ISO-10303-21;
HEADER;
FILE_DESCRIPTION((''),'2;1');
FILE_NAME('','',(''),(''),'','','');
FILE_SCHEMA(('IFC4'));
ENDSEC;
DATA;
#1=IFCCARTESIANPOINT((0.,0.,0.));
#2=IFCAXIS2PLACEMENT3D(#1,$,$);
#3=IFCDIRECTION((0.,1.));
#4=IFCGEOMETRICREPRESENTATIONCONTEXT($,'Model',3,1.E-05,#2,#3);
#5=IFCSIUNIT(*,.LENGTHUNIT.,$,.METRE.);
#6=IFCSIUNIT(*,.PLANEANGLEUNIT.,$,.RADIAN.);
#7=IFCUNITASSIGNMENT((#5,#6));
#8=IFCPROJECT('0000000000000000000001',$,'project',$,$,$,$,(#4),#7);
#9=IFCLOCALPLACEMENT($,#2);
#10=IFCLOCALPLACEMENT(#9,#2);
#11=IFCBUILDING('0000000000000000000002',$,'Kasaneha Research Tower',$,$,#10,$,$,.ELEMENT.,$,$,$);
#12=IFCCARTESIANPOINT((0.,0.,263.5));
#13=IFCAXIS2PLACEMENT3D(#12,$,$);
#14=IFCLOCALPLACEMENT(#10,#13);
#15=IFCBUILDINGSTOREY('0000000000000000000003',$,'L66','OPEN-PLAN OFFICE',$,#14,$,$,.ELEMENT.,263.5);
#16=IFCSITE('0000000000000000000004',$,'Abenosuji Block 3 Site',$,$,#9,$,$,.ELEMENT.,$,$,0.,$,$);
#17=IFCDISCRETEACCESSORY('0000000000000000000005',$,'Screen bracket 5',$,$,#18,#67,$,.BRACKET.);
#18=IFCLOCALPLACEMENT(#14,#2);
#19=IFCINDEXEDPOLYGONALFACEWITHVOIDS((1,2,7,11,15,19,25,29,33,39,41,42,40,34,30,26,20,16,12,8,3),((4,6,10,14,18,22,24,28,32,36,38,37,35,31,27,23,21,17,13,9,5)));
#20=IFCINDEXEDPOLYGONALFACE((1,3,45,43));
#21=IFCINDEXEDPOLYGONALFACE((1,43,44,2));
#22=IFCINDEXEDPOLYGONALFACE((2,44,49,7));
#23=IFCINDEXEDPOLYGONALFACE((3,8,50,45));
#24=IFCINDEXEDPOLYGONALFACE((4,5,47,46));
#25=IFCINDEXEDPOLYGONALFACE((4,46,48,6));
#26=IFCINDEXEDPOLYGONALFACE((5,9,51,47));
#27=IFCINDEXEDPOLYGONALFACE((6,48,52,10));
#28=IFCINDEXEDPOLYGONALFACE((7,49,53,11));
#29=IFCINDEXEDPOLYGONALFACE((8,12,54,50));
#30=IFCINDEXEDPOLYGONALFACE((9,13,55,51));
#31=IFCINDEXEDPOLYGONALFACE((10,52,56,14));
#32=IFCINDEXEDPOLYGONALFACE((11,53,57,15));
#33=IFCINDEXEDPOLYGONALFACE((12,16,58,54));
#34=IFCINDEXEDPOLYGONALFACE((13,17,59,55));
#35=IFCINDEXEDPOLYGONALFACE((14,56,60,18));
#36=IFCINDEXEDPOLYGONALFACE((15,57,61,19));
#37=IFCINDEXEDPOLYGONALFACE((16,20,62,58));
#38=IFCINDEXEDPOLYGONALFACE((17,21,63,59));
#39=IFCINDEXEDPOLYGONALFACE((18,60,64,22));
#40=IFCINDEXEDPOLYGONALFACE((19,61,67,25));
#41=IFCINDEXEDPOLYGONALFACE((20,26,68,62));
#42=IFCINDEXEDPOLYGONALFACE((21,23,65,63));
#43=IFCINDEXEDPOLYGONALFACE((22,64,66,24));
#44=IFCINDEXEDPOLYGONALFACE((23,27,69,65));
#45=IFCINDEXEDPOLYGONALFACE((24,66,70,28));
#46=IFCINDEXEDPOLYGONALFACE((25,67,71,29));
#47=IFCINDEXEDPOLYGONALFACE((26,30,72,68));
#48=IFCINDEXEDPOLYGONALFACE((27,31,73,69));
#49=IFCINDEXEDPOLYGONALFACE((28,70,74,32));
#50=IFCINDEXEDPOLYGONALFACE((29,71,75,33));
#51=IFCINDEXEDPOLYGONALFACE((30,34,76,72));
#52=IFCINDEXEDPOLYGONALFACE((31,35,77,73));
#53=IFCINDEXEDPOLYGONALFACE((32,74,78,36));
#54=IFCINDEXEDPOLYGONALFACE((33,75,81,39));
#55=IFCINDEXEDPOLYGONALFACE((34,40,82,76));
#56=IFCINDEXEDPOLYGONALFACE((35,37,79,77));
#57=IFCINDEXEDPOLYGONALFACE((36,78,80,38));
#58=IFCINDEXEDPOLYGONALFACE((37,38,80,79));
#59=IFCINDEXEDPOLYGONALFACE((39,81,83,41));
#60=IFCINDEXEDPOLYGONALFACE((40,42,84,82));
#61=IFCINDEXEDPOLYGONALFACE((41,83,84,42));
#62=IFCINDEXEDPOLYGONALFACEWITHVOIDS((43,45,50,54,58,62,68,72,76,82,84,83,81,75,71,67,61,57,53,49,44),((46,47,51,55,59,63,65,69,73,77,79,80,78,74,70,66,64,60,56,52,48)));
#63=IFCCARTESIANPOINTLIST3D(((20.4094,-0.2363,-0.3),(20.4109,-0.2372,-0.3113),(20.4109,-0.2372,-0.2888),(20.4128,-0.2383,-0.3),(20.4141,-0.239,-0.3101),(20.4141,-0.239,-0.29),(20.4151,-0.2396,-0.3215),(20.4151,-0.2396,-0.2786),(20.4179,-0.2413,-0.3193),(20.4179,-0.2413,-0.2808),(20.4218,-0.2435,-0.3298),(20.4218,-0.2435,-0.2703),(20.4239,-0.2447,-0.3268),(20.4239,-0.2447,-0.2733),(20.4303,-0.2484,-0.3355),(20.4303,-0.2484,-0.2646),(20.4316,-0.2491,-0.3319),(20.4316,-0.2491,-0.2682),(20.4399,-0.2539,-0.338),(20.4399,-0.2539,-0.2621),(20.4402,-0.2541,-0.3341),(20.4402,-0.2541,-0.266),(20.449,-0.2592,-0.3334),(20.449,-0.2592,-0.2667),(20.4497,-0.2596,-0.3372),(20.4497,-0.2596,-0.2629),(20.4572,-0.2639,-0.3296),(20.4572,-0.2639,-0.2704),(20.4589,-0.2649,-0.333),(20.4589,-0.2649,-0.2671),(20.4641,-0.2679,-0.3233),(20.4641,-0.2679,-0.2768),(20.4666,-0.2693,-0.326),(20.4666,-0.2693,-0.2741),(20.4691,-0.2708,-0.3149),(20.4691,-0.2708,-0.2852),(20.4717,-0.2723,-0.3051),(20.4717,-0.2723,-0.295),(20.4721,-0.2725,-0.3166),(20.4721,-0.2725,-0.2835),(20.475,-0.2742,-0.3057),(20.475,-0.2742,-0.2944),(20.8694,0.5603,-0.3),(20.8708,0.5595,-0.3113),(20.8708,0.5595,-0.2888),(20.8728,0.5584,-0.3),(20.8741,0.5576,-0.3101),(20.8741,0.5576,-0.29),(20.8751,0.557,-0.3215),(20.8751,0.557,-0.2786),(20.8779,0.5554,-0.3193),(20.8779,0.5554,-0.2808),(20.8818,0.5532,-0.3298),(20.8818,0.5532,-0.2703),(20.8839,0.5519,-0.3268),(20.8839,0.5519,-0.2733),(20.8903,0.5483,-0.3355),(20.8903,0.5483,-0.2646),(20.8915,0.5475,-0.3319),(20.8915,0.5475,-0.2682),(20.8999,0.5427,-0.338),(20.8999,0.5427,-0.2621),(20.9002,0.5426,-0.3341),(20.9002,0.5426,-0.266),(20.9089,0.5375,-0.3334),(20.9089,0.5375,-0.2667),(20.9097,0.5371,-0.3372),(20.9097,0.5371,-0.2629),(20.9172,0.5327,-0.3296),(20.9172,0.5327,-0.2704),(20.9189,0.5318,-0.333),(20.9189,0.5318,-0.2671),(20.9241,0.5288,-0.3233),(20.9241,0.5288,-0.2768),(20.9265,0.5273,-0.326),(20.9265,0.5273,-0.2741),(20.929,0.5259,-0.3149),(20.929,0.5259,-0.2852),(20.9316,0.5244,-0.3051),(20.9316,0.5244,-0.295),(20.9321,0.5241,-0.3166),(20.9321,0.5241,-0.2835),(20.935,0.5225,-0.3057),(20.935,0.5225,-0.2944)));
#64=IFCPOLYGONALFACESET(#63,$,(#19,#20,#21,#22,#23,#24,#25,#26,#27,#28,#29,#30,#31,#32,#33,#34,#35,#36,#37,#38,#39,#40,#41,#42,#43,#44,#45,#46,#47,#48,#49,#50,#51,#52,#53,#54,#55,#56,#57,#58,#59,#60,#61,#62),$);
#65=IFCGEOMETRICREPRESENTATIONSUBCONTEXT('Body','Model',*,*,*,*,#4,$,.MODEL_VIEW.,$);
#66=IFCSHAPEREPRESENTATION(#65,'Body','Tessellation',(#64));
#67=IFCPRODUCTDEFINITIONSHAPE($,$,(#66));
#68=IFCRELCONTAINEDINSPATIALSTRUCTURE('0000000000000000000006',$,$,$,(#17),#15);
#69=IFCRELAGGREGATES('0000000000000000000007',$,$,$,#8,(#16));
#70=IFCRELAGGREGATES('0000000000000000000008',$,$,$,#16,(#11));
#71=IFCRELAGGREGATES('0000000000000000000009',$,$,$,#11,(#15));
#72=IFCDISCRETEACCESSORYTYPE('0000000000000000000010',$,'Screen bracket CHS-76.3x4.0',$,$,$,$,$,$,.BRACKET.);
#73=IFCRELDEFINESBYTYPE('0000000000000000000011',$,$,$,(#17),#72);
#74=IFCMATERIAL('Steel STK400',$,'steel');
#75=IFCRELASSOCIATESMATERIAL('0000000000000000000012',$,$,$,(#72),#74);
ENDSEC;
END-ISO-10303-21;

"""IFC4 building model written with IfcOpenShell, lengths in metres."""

from ifc_helpers import new_model, si_unit, direction, frame, origin, origin_2d, place, context, subcontext, project, spatial, hollow_circle, extrude, material, material_profile, profile_set, type_object, element, save


model = new_model("IFC4")

# Units and contexts
model_context = context("Model", 3, precision=1e-05, world=origin(), true_north=direction((0.0, 1.0)))
body_context = subcontext(model_context, "Body", "Model", "MODEL_VIEW")
ifc_project = project(units=[si_unit("LENGTHUNIT", "METRE"), si_unit("PLANEANGLEUNIT", "RADIAN")], contexts=[model_context])

# Site, building, storey
site_placement = place(None, origin())
site = spatial("IfcSite", under=ifc_project, at=site_placement, Name="Abenosuji Block 3 Site", CompositionType="ELEMENT", RefElevation=0.0)
building_placement = place(site_placement, origin())
building = spatial("IfcBuilding", under=site, at=building_placement, Name="Kasaneha Research Tower", CompositionType="ELEMENT")
storey_placement = place(building_placement, frame((0.0, 0.0, 263.5)))
storey = spatial("IfcBuildingStorey", under=building, at=storey_placement, Name="L66", Description="OPEN-PLAN OFFICE", CompositionType="ELEMENT", Elevation=263.5)

# Discrete accessory
ifc_material_1 = material(Name="Steel STK400", Category="steel")
ifc_material_profile_1 = material_profile(ifc_material_1, hollow_circle(Radius=0.0381, WallThickness=0.0039, at=origin_2d()), Name="CHS-76.3x4.0")
ifc_profile_set_1 = profile_set([ifc_material_profile_1], Name="Steel STK400")
discrete_accessory_type = type_object("IfcDiscreteAccessoryType", Name="Screen bracket CHS-76.3x4.0", PredefinedType="BRACKET", material=ifc_profile_set_1)
discrete_accessory_1_placement = place(storey_placement, frame((20.4424, -0.2554, -0.3), z_axis=(0.500021, 0.866013, 0.0), x_axis=(-0.866013, 0.500021, 0.0)))
element("IfcDiscreteAccessory", 1, at=discrete_accessory_1_placement, inside=storey, type_object=discrete_accessory_type, Name="Screen bracket 5", PredefinedType="BRACKET", context=body_context, shape_type="SweptSolid", body=[
    extrude(hollow_circle(Radius=0.0381, WallThickness=0.0039, at=origin_2d()), origin(), (0.0, 0.0, 1.0), 0.9199),
])

save(model, "model.ifc")
